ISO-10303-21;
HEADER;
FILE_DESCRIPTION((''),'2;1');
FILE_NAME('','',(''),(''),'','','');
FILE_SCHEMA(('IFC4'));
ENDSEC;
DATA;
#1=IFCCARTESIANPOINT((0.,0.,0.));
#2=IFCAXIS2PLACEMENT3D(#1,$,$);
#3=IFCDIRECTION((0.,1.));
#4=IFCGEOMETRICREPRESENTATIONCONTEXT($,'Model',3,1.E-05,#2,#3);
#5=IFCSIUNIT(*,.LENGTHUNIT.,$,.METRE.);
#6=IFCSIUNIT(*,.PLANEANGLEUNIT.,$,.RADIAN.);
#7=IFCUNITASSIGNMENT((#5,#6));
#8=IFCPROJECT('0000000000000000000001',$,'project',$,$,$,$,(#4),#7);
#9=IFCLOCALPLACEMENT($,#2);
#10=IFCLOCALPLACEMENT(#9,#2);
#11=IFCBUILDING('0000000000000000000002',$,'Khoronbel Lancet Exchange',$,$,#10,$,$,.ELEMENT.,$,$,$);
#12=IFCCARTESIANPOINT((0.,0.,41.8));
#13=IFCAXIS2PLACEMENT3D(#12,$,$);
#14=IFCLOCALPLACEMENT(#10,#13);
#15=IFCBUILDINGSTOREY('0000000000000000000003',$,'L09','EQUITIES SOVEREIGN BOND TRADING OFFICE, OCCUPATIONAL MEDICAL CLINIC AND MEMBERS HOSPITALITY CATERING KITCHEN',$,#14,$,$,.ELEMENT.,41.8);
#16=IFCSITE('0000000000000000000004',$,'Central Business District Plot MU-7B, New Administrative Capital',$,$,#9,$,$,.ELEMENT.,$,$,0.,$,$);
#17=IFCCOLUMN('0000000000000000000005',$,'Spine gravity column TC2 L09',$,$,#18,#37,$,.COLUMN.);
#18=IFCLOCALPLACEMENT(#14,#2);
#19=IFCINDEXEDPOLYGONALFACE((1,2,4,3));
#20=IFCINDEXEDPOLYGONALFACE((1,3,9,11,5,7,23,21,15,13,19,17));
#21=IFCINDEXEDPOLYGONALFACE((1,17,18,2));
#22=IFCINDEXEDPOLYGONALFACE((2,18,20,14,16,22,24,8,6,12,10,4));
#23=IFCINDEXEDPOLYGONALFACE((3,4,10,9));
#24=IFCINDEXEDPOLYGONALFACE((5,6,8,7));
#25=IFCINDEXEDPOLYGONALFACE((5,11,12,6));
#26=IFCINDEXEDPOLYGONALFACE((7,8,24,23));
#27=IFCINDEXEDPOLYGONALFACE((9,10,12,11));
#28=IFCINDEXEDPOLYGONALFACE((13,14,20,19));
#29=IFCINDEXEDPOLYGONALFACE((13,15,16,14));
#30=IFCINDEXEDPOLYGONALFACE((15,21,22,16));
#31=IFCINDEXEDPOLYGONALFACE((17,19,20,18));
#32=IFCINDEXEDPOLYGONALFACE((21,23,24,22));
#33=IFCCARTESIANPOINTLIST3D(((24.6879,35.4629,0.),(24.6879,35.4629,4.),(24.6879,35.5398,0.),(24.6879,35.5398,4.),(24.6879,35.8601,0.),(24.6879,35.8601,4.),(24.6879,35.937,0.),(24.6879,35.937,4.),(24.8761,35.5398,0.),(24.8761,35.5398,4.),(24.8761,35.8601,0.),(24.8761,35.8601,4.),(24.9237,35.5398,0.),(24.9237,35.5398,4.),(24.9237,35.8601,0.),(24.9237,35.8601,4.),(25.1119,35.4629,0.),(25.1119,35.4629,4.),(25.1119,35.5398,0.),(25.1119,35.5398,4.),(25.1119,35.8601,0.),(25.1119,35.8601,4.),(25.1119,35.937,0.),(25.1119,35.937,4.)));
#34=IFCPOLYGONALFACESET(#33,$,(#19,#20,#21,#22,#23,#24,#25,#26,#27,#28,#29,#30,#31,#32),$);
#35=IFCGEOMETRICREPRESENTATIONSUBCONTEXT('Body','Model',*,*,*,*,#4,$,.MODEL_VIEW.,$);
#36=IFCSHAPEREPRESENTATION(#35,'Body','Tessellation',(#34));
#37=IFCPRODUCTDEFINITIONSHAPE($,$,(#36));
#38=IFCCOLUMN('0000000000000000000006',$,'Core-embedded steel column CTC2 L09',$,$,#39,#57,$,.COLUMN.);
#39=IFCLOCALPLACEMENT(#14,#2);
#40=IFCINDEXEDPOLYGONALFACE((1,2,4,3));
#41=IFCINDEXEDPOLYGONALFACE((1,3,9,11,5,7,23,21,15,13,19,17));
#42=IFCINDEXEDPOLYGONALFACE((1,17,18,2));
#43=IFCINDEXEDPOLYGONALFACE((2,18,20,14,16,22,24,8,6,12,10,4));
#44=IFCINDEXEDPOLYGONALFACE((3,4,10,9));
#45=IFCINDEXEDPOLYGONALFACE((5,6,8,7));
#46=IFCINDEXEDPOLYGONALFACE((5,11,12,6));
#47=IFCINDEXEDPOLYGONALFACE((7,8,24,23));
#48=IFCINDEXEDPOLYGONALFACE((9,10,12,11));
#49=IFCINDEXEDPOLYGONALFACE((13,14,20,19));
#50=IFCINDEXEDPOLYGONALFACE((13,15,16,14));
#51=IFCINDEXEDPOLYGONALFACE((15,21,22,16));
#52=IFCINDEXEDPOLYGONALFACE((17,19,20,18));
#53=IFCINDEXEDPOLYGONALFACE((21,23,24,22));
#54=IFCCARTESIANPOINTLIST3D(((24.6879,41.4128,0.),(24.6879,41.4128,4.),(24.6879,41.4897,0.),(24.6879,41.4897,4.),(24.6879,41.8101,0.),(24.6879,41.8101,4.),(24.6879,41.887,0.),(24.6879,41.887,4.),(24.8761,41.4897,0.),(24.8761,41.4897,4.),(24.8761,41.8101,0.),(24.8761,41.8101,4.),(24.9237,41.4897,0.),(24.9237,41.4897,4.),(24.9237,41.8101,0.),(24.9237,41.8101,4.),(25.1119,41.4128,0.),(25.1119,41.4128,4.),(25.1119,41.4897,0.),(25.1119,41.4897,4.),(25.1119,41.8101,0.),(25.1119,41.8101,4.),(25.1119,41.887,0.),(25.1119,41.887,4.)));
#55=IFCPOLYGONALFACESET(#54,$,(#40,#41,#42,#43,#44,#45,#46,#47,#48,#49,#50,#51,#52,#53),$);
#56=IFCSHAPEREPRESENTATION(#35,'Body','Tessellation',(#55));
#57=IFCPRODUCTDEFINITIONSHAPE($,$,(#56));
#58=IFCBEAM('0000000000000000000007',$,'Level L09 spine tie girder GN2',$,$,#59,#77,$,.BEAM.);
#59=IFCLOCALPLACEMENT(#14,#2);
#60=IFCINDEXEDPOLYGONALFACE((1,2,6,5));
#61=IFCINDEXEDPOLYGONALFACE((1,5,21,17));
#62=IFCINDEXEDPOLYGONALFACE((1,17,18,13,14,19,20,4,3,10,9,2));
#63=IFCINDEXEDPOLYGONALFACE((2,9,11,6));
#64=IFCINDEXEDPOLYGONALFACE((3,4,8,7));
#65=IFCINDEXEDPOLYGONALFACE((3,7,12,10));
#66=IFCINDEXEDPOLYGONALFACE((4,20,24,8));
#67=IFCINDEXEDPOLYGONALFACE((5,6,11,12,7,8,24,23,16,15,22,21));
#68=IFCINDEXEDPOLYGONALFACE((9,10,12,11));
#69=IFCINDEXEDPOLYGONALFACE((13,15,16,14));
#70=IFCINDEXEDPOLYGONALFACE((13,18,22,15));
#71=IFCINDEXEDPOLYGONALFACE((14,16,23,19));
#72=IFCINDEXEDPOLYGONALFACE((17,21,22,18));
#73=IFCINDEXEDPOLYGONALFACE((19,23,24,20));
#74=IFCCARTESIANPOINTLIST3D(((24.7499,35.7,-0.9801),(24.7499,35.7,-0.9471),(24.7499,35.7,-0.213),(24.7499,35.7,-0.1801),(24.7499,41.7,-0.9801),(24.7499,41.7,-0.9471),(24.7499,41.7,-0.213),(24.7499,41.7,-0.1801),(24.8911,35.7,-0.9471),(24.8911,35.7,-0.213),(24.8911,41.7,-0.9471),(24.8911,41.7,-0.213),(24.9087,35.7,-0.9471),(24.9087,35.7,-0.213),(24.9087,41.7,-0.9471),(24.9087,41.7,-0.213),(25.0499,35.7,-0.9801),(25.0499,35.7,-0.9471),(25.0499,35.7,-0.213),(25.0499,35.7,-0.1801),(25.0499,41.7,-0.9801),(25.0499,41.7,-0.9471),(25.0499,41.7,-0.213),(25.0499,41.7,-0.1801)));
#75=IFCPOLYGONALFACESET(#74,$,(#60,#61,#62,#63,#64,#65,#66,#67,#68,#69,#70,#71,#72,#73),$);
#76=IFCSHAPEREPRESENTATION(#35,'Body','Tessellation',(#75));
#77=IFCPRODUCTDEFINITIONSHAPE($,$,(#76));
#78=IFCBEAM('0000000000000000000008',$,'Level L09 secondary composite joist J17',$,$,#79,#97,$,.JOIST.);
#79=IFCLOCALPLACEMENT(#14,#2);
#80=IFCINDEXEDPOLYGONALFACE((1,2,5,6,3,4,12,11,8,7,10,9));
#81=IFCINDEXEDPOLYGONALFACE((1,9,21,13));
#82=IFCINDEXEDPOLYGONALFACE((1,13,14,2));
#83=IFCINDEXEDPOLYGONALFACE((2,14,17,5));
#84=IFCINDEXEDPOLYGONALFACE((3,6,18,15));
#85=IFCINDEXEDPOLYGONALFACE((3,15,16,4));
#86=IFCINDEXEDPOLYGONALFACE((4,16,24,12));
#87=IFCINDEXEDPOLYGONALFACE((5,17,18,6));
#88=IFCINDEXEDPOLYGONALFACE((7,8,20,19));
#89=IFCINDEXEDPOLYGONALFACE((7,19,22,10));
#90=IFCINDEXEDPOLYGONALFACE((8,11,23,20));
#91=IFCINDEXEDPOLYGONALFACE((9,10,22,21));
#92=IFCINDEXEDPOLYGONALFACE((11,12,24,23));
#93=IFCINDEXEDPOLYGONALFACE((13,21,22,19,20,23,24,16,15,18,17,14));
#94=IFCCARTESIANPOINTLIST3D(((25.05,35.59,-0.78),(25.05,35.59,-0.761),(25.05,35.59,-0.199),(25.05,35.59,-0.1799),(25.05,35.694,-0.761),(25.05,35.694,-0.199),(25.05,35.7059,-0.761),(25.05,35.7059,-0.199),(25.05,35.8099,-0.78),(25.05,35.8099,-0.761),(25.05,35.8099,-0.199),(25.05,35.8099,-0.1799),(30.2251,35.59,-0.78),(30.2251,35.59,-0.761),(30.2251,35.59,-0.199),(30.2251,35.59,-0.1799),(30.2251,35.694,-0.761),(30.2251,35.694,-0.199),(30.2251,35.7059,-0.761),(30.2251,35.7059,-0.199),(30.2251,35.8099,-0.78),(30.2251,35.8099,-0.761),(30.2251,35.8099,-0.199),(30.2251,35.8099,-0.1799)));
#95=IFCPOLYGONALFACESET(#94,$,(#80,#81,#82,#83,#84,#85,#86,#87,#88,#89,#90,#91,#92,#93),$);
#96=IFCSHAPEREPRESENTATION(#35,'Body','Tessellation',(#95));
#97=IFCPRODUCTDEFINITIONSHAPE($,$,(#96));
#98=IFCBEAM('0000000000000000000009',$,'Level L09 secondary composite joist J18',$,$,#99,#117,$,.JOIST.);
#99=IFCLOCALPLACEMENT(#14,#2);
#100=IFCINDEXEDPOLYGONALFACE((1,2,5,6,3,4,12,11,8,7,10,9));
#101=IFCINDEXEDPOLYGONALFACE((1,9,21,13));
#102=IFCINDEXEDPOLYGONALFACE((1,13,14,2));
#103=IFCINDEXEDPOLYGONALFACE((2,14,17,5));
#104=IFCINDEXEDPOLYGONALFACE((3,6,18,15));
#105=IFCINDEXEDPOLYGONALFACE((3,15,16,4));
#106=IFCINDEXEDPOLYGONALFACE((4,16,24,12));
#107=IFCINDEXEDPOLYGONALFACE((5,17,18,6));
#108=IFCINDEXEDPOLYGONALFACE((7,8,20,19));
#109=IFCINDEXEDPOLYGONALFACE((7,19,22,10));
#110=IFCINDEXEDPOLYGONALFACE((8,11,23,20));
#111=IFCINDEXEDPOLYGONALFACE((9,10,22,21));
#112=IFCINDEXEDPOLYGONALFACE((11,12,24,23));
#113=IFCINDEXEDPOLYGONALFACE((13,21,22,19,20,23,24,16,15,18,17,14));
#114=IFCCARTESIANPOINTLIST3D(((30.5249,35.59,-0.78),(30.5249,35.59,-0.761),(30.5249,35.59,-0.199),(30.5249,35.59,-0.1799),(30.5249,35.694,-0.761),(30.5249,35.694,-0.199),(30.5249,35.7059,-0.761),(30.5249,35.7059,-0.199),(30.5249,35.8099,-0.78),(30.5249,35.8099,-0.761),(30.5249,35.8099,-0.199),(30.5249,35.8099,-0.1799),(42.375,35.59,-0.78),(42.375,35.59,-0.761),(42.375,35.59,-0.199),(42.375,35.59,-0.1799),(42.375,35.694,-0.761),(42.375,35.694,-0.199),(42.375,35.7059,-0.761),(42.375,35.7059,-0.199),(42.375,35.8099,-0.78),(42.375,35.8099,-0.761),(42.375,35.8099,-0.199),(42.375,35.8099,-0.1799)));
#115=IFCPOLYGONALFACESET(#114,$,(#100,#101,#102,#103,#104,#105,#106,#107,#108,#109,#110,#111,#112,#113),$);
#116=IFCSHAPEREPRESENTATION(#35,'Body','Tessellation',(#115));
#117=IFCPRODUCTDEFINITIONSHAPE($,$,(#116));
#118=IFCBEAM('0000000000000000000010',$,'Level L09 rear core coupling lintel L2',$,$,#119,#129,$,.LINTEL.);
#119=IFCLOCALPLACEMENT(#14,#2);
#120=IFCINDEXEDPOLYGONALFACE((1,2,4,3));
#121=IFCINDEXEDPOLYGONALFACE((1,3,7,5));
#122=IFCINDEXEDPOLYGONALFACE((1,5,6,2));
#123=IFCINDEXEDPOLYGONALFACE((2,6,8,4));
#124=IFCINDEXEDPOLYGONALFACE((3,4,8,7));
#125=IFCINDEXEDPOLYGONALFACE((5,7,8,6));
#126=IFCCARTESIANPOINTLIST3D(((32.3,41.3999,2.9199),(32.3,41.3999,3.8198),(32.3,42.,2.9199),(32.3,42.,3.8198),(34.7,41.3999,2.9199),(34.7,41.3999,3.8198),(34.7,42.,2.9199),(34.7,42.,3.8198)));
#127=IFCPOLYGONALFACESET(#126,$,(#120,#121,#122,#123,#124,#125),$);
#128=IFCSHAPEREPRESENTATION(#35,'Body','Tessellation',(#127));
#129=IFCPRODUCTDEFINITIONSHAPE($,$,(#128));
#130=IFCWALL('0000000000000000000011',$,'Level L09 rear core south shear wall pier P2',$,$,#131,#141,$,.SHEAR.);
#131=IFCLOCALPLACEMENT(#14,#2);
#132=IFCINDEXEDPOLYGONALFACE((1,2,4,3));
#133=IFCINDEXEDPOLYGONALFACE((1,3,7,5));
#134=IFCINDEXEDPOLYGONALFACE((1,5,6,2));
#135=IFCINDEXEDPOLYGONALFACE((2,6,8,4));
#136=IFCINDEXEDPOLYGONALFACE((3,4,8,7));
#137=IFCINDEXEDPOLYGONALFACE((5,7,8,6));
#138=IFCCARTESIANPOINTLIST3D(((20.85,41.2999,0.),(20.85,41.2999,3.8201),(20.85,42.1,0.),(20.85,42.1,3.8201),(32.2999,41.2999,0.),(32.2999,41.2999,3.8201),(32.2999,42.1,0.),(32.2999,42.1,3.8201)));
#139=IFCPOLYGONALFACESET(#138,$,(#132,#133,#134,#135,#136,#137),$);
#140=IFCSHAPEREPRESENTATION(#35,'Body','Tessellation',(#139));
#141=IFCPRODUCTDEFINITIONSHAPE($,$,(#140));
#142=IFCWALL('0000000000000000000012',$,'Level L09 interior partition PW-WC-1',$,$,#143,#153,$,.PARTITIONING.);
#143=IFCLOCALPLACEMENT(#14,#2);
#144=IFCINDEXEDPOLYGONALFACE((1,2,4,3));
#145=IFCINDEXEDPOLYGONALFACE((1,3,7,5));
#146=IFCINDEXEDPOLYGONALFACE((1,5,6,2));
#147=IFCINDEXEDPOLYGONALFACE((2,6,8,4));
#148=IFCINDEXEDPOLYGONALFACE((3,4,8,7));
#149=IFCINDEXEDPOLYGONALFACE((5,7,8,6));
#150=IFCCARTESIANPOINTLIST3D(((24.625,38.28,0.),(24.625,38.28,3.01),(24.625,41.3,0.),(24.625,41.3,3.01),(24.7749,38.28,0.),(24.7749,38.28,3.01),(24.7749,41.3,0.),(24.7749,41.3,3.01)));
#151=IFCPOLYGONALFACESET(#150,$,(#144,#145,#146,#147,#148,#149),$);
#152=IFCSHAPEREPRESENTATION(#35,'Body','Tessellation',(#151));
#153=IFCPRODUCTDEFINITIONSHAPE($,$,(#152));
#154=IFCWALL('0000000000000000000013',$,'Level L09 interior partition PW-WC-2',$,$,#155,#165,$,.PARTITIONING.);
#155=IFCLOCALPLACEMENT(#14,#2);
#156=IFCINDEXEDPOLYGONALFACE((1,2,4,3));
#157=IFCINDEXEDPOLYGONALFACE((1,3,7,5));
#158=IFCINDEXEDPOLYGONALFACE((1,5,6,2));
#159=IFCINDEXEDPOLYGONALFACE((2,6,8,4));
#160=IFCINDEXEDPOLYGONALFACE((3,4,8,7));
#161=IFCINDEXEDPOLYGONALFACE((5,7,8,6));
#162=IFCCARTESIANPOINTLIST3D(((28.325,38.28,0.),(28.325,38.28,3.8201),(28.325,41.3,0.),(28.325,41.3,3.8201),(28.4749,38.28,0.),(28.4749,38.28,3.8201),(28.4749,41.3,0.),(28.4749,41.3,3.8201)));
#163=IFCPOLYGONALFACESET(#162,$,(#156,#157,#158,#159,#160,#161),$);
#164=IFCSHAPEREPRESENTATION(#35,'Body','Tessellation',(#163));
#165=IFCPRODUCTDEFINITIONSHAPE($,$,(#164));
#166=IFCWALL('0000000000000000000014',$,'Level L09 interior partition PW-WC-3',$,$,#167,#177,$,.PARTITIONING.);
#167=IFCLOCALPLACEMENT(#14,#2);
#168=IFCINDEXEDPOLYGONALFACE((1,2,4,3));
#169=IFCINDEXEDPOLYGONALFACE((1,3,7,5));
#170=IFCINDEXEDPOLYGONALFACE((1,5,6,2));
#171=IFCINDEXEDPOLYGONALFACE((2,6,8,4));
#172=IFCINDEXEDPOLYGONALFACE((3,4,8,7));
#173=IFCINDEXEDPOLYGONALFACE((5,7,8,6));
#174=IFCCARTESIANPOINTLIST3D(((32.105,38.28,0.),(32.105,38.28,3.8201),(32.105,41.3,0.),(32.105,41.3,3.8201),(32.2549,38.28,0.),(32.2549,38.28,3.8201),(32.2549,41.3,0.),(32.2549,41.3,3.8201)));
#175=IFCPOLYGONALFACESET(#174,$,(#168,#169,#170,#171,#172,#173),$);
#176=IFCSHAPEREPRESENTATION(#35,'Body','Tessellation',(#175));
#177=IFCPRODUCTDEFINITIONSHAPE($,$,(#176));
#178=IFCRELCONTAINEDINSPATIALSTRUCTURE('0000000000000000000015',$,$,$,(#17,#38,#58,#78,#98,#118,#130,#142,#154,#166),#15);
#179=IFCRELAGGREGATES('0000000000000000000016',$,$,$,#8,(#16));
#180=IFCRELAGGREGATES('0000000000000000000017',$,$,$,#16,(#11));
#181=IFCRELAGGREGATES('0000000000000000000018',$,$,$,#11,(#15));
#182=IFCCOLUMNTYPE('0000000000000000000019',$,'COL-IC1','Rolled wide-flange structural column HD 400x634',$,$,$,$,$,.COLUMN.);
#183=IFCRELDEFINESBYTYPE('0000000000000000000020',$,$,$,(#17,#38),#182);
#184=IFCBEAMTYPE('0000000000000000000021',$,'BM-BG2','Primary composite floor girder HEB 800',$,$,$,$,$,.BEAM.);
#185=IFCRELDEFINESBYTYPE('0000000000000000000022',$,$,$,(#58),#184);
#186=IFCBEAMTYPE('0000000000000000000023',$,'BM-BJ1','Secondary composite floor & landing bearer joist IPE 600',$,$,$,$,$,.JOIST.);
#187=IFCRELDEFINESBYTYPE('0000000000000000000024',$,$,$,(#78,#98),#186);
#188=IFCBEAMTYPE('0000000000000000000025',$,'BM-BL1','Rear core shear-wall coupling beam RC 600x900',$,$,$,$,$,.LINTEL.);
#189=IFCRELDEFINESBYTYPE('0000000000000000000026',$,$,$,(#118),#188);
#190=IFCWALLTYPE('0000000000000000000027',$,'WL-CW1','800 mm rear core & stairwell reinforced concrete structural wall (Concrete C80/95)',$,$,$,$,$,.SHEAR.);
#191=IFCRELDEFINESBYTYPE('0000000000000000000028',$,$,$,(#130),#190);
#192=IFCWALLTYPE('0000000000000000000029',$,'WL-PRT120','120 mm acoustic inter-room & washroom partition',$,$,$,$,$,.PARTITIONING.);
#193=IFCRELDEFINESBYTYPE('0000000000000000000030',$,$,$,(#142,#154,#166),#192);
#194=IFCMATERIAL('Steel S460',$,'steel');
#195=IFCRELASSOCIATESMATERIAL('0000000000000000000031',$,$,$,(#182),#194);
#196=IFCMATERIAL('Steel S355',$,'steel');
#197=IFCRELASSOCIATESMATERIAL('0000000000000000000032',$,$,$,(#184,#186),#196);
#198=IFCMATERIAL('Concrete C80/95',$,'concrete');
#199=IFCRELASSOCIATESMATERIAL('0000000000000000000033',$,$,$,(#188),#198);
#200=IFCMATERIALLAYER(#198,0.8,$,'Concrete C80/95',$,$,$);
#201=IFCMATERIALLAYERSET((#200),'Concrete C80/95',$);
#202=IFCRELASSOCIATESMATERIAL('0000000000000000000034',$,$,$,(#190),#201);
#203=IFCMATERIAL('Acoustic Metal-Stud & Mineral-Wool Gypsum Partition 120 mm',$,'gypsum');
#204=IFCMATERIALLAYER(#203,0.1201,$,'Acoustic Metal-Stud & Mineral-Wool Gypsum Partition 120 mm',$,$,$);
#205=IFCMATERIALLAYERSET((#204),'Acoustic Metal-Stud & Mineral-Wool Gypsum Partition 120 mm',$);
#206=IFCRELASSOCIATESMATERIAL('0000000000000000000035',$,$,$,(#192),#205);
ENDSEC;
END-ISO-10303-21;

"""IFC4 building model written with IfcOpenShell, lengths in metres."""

from ifc_helpers import new_model, si_unit, direction, frame, frame_2d, origin, origin_2d, place, context, subcontext, project, spatial, rectangle, i_section, extrude, material, layer, layer_set, material_profile, profile_set, type_object, element, save


model = new_model("IFC4")

# Units and contexts
model_context = context("Model", 3, precision=1e-05, world=origin(), true_north=direction((0.0, 1.0)))
body_context = subcontext(model_context, "Body", "Model", "MODEL_VIEW")
ifc_project = project(units=[si_unit("LENGTHUNIT", "METRE"), si_unit("PLANEANGLEUNIT", "RADIAN")], contexts=[model_context])

# Site, building, storey
site_placement = place(None, origin())
site = spatial("IfcSite", under=ifc_project, at=site_placement, Name="Central Business District Plot MU-7B, New Administrative Capital", CompositionType="ELEMENT", RefElevation=0.0)
building_placement = place(site_placement, origin())
building = spatial("IfcBuilding", under=site, at=building_placement, Name="Khoronbel Lancet Exchange", CompositionType="ELEMENT")
storey_placement = place(building_placement, frame((0.0, 0.0, 41.8)))
storey = spatial("IfcBuildingStorey", under=building, at=storey_placement, Name="L09", Description="EQUITIES SOVEREIGN BOND TRADING OFFICE, OCCUPATIONAL MEDICAL CLINIC AND MEMBERS HOSPITALITY CATERING KITCHEN", CompositionType="ELEMENT", Elevation=41.8)

# Columns
ifc_material_1 = material(Name="Steel S460", Category="steel")
ifc_material_profile_1 = material_profile(ifc_material_1, i_section(OverallWidth=0.4241, OverallDepth=0.4741, WebThickness=0.0476, FlangeThickness=0.0769, at=origin_2d()), Name="HD 400x634")
ifc_profile_set_1 = profile_set([ifc_material_profile_1], Name="Steel S460")
column_type = type_object("IfcColumnType", Name="COL-IC1", Description="Rolled wide-flange structural column HD 400x634", PredefinedType="COLUMN", material=ifc_profile_set_1)
for number, where, z_axis, x_axis, name in (
    (1, (24.8999, 35.7, 0.0), (0.0, 0.0, 1.0), (1.0, 0.0, 0.0), "Spine gravity column TC2 L09"),
    (2, (24.8999, 41.6499, 0.0), (0.0, 0.0, 1.0), (1.0, 0.0, 0.0), "Core-embedded steel column CTC2 L09"),
):
    element("IfcColumn", number, at=place(storey_placement, frame(where, z_axis=z_axis, x_axis=x_axis)), inside=storey, type_object=column_type, Name=name, PredefinedType="COLUMN", context=body_context, shape_type="SweptSolid", body=[
        extrude(i_section(OverallWidth=0.4241, OverallDepth=0.4741, WebThickness=0.0476, FlangeThickness=0.0769, at=origin_2d()), origin(), (0.0, 0.0, 1.0), 4.0),
    ])

# Beams
ifc_material_2 = material(Name="Steel S355", Category="steel")
ifc_material_profile_2 = material_profile(ifc_material_2, i_section(OverallWidth=0.3, OverallDepth=0.8, WebThickness=0.0176, FlangeThickness=0.033, at=origin_2d()), Name="HEB 800")
ifc_profile_set_2 = profile_set([ifc_material_profile_2], Name="Steel S355")
beam_type_1 = type_object("IfcBeamType", Name="BM-BG2", Description="Primary composite floor girder HEB 800", PredefinedType="BEAM", material=ifc_profile_set_2)
beam_1_placement = place(storey_placement, frame((24.8999, 35.7, -0.5801), z_axis=(0.0, 1.0, 0.0), x_axis=(-1.0, 0.0, 0.0)))
element("IfcBeam", 3, at=beam_1_placement, inside=storey, type_object=beam_type_1, Name="Level L09 spine tie girder GN2", PredefinedType="BEAM", context=body_context, shape_type="SweptSolid", body=[
    extrude(i_section(OverallWidth=0.3, OverallDepth=0.8, WebThickness=0.0176, FlangeThickness=0.033, at=origin_2d()), origin(), (0.0, 0.0, 1.0), 6.0),
])
ifc_material_profile_3 = material_profile(ifc_material_2, i_section(OverallWidth=0.22, OverallDepth=0.6001, WebThickness=0.012, FlangeThickness=0.019, at=origin_2d()), Name="IPE 600")
ifc_profile_set_3 = profile_set([ifc_material_profile_3], Name="Steel S355")
beam_type_2 = type_object("IfcBeamType", Name="BM-BJ1", Description="Secondary composite floor & landing bearer joist IPE 600", PredefinedType="JOIST", material=ifc_profile_set_3)
beam_2_placement = place(storey_placement, frame((25.05, 35.7, -0.48), z_axis=(1.0, 0.0, 0.0), x_axis=(0.0, 1.0, 0.0)))
element("IfcBeam", 4, at=beam_2_placement, inside=storey, type_object=beam_type_2, Name="Level L09 secondary composite joist J17", PredefinedType="JOIST", context=body_context, shape_type="SweptSolid", body=[
    extrude(i_section(OverallWidth=0.22, OverallDepth=0.6001, WebThickness=0.012, FlangeThickness=0.019, at=origin_2d()), origin(), (0.0, 0.0, 1.0), 5.175),
])
beam_3_placement = place(storey_placement, frame((30.5249, 35.7, -0.48), z_axis=(1.0, 0.0, 0.0), x_axis=(0.0, 1.0, 0.0)))
element("IfcBeam", 5, at=beam_3_placement, inside=storey, type_object=beam_type_2, Name="Level L09 secondary composite joist J18", PredefinedType="JOIST", context=body_context, shape_type="SweptSolid", body=[
    extrude(i_section(OverallWidth=0.22, OverallDepth=0.6001, WebThickness=0.012, FlangeThickness=0.019, at=origin_2d()), origin(), (0.0, 0.0, 1.0), 11.8501),
])
ifc_material_3 = material(Name="Concrete C80/95", Category="concrete")
ifc_material_profile_4 = material_profile(ifc_material_3, rectangle(XDim=0.6001, YDim=0.8999, at=origin_2d()), Name="RC 600x900")
ifc_profile_set_4 = profile_set([ifc_material_profile_4], Name="Concrete C80/95")
beam_type_3 = type_object("IfcBeamType", Name="BM-BL1", Description="Rear core shear-wall coupling beam RC 600x900", PredefinedType="LINTEL", material=ifc_profile_set_4)
beam_4_placement = place(storey_placement, frame((32.3, 41.7, 3.3699), z_axis=(1.0, 0.0, 0.0), x_axis=(0.0, 1.0, 0.0)))
element("IfcBeam", 6, at=beam_4_placement, inside=storey, type_object=beam_type_3, Name="Level L09 rear core coupling lintel L2", PredefinedType="LINTEL", context=body_context, shape_type="SweptSolid", body=[
    extrude(rectangle(XDim=0.6001, YDim=0.8999, at=origin_2d()), origin(), (0.0, 0.0, 1.0), 2.3999),
])

# Walls
ifc_layer_1 = layer(ifc_material_3, 0.8, Name="Concrete C80/95")
ifc_layer_set_1 = layer_set([ifc_layer_1], Name="Concrete C80/95")
wall_type_1 = type_object("IfcWallType", Name="WL-CW1", Description="800 mm rear core & stairwell reinforced concrete structural wall (Concrete C80/95)", PredefinedType="SHEAR", material=ifc_layer_set_1)
wall_1_placement = place(storey_placement, frame((32.3, 41.7, 0.0), z_axis=(0.0, 0.0, 1.0), x_axis=(-1.0, 0.0, 0.0)))
element("IfcWall", 7, at=wall_1_placement, inside=storey, type_object=wall_type_1, Name="Level L09 rear core south shear wall pier P2", PredefinedType="SHEAR", context=body_context, shape_type="SweptSolid", body=[
    extrude(rectangle(XDim=11.45, YDim=0.8, at=frame_2d((5.7251, 0.0))), origin(), (0.0, 0.0, 1.0), 3.8201),
])
ifc_material_4 = material(Name="Acoustic Metal-Stud & Mineral-Wool Gypsum Partition 120 mm", Category="gypsum")
ifc_layer_2 = layer(ifc_material_4, 0.1201, Name="Acoustic Metal-Stud & Mineral-Wool Gypsum Partition 120 mm")
ifc_layer_set_2 = layer_set([ifc_layer_2], Name="Acoustic Metal-Stud & Mineral-Wool Gypsum Partition 120 mm")
wall_type_2 = type_object("IfcWallType", Name="WL-PRT120", Description="120 mm acoustic inter-room & washroom partition", PredefinedType="PARTITIONING", material=ifc_layer_set_2)
wall_2_placement = place(storey_placement, frame((24.7, 38.28, 0.0), z_axis=(0.0, 0.0, 1.0), x_axis=(0.0, 1.0, 0.0)))
element("IfcWall", 8, at=wall_2_placement, inside=storey, type_object=wall_type_2, Name="Level L09 interior partition PW-WC-1", PredefinedType="PARTITIONING", context=body_context, shape_type="SweptSolid", body=[
    extrude(rectangle(XDim=3.02, YDim=0.1499, at=frame_2d((1.51, 0.0))), origin(), (0.0, 0.0, 1.0), 3.01),
])
for number, where, z_axis, x_axis, name in (
    (9, (28.3999, 38.28, 0.0), (0.0, 0.0, 1.0), (0.0, 1.0, 0.0), "Level L09 interior partition PW-WC-2"),
    (10, (32.1799, 38.28, 0.0), (0.0, 0.0, 1.0), (0.0, 1.0, 0.0), "Level L09 interior partition PW-WC-3"),
):
    element("IfcWall", number, at=place(storey_placement, frame(where, z_axis=z_axis, x_axis=x_axis)), inside=storey, type_object=wall_type_2, Name=name, PredefinedType="PARTITIONING", context=body_context, shape_type="SweptSolid", body=[
        extrude(rectangle(XDim=3.02, YDim=0.1499, at=frame_2d((1.51, 0.0))), origin(), (0.0, 0.0, 1.0), 3.8201),
    ])

save(model, "model.ifc")
